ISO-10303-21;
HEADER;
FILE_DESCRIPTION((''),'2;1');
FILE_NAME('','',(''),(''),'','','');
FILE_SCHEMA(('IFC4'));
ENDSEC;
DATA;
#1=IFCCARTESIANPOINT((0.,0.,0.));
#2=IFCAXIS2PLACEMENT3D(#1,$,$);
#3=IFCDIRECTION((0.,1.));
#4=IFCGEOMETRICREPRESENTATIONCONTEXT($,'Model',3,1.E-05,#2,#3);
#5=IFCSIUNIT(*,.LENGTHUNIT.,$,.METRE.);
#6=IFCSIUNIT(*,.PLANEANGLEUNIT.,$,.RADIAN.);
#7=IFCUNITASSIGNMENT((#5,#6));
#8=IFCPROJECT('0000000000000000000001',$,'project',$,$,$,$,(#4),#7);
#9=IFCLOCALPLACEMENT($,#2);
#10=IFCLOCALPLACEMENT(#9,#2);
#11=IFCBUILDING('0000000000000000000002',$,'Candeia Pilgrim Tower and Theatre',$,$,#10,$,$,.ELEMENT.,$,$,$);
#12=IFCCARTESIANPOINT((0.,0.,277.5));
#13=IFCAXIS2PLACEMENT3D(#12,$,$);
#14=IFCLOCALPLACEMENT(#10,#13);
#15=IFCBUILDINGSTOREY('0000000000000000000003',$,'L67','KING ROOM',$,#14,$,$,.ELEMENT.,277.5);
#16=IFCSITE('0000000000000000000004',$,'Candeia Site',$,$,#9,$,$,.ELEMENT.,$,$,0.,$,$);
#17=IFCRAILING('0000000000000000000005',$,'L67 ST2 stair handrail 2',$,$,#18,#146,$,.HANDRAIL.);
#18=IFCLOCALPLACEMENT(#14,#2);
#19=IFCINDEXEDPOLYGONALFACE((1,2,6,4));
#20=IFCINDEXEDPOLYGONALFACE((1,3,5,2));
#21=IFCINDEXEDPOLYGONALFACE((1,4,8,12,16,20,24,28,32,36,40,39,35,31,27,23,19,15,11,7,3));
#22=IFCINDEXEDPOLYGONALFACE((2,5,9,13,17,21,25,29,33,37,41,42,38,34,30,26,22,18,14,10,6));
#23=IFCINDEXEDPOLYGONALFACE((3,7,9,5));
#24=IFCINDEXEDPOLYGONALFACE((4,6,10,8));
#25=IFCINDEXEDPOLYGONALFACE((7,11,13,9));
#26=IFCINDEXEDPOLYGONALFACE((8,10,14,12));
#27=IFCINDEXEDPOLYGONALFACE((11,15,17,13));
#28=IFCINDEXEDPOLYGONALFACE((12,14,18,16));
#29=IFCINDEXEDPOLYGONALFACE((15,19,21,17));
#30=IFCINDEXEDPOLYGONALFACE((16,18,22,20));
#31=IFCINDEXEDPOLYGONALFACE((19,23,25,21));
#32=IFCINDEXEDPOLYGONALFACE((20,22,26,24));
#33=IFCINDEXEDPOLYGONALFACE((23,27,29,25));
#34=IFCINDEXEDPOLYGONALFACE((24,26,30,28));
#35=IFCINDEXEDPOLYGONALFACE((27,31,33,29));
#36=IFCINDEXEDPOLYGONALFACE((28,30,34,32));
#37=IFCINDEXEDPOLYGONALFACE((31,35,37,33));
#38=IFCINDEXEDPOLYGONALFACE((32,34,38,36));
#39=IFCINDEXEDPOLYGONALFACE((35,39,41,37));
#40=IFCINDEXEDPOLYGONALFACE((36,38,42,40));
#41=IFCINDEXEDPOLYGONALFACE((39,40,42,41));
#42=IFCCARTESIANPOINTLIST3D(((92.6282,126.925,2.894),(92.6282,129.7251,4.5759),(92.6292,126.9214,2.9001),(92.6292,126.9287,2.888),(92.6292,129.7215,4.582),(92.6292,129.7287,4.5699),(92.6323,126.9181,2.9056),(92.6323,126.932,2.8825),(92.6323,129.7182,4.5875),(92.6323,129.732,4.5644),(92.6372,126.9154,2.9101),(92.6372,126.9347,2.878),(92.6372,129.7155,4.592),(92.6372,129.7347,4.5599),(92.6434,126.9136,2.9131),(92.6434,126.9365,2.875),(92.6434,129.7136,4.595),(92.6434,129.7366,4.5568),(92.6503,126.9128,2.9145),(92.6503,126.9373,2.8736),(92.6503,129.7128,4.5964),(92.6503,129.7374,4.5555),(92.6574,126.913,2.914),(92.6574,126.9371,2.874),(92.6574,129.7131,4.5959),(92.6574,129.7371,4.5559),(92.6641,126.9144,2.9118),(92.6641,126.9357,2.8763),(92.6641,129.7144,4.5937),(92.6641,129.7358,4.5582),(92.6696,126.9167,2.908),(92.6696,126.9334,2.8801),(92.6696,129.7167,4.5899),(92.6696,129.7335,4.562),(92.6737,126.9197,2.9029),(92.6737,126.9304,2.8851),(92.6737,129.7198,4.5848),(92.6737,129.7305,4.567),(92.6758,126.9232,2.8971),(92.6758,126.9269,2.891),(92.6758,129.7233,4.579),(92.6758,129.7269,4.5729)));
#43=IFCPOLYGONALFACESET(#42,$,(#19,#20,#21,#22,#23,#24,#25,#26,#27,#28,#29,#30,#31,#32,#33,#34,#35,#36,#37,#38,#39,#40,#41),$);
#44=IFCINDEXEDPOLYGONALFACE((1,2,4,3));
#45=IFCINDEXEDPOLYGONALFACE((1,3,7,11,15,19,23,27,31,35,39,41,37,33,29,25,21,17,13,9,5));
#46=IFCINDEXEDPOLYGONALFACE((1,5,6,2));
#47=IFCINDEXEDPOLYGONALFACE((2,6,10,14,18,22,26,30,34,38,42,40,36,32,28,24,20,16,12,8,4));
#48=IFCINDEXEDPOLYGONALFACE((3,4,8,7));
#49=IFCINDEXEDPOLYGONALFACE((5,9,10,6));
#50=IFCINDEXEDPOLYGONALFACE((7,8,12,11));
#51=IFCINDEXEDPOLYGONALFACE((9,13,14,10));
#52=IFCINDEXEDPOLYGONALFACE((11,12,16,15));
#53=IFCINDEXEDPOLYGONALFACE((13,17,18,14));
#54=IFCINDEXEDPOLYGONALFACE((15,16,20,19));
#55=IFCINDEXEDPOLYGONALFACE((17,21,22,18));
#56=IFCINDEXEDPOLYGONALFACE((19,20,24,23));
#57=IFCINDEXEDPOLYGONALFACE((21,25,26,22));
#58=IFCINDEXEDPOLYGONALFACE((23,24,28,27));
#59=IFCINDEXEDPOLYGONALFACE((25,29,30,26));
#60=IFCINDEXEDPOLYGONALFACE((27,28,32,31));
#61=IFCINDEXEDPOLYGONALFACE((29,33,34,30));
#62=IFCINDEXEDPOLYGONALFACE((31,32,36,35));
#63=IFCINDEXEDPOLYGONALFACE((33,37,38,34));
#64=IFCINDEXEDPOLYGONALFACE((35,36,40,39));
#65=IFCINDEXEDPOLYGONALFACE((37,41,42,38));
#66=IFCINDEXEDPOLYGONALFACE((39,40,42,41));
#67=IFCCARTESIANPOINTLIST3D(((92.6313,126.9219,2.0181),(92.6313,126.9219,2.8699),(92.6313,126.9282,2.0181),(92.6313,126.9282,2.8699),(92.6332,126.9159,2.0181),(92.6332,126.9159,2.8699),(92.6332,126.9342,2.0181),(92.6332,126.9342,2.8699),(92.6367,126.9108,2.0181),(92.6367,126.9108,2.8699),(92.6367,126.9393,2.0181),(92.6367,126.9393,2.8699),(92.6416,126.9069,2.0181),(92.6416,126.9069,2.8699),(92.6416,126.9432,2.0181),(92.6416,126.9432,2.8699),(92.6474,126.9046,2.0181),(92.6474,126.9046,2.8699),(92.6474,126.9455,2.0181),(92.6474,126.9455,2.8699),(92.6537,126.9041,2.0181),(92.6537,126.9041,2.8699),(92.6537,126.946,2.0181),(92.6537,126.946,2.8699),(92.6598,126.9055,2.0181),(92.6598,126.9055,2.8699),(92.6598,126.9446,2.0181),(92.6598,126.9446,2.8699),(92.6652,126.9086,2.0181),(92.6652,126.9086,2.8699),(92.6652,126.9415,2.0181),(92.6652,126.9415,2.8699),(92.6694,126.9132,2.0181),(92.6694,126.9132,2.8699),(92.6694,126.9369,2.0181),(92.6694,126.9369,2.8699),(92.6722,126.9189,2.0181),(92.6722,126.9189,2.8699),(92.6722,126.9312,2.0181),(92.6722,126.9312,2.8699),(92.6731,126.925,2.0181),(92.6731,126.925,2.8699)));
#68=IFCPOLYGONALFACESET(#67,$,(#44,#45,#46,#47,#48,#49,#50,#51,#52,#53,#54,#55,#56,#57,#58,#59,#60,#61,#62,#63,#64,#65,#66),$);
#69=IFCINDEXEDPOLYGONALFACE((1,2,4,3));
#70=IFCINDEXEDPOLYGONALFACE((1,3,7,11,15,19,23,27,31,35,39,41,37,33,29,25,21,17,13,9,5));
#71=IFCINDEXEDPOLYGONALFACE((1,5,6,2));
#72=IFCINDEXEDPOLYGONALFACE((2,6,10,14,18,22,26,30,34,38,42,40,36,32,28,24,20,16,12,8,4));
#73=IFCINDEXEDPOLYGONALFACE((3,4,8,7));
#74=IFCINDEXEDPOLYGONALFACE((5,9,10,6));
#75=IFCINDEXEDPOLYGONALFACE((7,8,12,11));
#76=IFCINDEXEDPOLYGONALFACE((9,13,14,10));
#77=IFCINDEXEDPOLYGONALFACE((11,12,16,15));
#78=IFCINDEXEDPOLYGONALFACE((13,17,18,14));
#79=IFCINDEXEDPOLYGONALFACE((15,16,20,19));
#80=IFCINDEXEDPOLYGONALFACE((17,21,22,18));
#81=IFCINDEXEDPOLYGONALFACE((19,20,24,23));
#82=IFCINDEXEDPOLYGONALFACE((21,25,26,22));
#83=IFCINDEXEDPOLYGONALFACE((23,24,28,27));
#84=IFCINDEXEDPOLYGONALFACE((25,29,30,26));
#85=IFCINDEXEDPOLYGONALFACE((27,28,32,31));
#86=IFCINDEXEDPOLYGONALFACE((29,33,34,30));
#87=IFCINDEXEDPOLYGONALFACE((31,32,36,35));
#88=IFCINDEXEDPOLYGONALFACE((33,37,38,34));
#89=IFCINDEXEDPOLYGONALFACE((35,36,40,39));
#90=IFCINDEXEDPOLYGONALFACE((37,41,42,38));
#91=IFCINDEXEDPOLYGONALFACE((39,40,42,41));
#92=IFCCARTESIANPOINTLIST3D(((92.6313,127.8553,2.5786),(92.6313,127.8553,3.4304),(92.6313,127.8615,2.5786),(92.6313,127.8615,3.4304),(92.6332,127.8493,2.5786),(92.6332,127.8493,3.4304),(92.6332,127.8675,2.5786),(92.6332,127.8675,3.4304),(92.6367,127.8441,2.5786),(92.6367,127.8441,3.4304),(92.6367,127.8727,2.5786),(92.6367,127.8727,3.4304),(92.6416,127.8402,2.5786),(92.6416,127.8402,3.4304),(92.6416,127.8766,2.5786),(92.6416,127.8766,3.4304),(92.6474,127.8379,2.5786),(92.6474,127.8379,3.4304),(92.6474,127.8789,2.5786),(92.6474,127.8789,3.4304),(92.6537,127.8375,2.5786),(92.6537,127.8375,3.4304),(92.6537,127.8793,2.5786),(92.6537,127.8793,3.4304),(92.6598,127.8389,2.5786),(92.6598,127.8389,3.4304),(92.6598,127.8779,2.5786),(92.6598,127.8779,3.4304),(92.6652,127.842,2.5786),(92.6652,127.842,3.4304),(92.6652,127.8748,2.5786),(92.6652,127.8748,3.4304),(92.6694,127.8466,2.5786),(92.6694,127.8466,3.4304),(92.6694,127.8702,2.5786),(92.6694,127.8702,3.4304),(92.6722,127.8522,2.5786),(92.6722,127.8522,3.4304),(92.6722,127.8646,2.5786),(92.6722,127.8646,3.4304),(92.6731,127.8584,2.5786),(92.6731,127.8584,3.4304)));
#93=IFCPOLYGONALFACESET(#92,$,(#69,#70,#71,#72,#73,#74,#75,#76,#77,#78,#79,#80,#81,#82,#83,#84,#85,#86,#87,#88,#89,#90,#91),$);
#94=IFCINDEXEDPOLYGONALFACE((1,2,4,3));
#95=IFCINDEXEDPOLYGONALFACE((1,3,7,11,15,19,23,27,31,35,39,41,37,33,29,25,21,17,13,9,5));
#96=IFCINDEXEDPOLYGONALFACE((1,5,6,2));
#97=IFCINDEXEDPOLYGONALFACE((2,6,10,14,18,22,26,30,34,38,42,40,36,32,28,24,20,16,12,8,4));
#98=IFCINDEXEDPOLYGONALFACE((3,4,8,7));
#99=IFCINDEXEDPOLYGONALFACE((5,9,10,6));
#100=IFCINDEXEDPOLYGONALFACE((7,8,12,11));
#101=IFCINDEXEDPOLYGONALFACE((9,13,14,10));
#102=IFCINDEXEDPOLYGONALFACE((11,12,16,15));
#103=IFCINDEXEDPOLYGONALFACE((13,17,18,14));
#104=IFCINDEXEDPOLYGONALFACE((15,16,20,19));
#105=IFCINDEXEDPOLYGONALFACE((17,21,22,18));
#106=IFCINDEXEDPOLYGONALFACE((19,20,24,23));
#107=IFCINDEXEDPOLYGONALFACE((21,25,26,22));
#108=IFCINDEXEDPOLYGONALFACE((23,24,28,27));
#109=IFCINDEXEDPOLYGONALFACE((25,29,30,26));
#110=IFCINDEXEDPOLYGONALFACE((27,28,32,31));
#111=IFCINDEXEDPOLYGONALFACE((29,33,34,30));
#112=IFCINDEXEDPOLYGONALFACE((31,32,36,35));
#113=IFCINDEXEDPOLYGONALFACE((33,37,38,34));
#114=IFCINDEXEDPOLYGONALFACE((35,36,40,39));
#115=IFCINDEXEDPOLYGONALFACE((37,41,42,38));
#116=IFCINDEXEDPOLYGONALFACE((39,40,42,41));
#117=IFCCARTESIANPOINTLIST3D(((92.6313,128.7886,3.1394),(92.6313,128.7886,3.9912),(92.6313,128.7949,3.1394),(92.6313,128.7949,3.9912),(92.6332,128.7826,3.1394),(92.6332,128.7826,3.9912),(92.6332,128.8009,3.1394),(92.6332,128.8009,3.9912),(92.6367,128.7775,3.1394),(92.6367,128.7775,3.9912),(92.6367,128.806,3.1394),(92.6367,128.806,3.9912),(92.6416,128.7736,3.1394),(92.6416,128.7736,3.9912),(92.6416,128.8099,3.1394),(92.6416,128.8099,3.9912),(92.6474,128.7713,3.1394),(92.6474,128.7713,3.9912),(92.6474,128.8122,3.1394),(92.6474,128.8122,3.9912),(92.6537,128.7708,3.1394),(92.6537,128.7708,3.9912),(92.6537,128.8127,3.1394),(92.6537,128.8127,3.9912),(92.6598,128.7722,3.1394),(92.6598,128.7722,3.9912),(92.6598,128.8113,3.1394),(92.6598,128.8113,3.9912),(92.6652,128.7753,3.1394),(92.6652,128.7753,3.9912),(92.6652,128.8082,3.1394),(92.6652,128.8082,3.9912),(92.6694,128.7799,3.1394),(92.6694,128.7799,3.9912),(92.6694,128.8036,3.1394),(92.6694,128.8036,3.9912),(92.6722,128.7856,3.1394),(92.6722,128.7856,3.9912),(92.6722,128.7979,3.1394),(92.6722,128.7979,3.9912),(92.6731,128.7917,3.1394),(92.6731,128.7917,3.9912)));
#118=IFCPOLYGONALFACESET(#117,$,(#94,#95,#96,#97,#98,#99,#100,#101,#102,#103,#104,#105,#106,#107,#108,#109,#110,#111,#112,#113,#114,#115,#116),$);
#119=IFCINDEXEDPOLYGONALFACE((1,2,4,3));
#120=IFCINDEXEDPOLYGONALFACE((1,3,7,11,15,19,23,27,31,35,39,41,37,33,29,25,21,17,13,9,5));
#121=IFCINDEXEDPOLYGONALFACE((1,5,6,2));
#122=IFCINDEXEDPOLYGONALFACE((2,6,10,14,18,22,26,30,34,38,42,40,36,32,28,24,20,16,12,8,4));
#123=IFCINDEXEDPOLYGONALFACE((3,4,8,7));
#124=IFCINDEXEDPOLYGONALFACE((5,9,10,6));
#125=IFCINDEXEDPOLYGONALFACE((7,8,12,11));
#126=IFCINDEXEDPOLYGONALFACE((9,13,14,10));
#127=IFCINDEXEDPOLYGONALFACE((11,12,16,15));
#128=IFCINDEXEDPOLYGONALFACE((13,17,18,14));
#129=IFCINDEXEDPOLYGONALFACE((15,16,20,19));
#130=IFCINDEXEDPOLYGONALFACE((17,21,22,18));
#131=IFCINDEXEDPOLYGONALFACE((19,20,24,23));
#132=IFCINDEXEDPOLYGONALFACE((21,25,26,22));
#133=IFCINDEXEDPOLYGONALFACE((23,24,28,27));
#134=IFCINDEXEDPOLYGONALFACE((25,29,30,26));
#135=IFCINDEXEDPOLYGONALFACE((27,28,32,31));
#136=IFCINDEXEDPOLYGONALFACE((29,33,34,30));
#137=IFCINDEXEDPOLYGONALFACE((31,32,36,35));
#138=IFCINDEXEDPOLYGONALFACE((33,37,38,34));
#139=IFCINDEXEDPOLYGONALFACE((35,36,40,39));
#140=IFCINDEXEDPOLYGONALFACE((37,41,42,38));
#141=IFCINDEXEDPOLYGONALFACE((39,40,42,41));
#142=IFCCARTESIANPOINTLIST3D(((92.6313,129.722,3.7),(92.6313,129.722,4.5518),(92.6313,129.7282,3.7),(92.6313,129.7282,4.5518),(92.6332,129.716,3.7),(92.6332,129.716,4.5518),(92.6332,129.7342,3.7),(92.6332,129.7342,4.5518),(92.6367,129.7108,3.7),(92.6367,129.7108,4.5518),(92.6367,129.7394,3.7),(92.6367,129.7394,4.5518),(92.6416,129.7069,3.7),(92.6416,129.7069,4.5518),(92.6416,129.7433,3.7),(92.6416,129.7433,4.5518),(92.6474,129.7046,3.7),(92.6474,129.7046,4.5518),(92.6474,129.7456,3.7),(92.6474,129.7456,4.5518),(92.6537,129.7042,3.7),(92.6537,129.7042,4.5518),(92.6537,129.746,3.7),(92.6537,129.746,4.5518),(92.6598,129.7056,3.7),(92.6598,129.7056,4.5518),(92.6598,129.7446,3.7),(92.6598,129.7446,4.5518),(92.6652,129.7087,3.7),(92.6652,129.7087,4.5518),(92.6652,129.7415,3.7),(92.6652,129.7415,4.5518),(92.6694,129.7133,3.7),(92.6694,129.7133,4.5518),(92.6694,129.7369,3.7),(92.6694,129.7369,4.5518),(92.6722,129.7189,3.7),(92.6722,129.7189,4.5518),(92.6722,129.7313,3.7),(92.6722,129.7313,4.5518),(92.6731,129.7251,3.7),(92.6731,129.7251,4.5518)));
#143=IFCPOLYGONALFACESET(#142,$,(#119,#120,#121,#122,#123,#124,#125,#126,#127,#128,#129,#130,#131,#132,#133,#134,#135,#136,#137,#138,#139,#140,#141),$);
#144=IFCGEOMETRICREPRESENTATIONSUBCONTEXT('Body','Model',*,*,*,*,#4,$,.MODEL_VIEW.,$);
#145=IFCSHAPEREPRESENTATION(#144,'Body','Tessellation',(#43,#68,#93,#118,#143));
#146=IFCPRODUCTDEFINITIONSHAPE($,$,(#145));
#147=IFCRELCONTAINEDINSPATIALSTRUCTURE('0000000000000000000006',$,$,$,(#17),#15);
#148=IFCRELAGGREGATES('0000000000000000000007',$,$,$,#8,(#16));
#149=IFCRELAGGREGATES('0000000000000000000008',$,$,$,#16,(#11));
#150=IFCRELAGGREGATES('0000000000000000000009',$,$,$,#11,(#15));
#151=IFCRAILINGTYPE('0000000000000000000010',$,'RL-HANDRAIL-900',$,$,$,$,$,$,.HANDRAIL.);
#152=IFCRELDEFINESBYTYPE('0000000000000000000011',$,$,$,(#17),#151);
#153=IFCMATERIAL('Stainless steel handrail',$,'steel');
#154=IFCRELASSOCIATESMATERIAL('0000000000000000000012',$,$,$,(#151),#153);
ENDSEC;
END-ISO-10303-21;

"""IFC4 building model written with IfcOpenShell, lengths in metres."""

from ifc_helpers import new_model, si_unit, direction, frame, origin, origin_2d, place, context, subcontext, project, spatial, circle, extrude, material, type_object, element, save


model = new_model("IFC4")

# Units and contexts
model_context = context("Model", 3, precision=1e-05, world=origin(), true_north=direction((0.0, 1.0)))
body_context = subcontext(model_context, "Body", "Model", "MODEL_VIEW")
ifc_project = project(units=[si_unit("LENGTHUNIT", "METRE"), si_unit("PLANEANGLEUNIT", "RADIAN")], contexts=[model_context])

# Site, building, storey
site_placement = place(None, origin())
site = spatial("IfcSite", under=ifc_project, at=site_placement, Name="Candeia Site", CompositionType="ELEMENT", RefElevation=0.0)
building_placement = place(site_placement, origin())
building = spatial("IfcBuilding", under=site, at=building_placement, Name="Candeia Pilgrim Tower and Theatre", CompositionType="ELEMENT")
storey_placement = place(building_placement, frame((0.0, 0.0, 277.5)))
storey = spatial("IfcBuildingStorey", under=building, at=storey_placement, Name="L67", Description="KING ROOM", CompositionType="ELEMENT", Elevation=277.5)

# Railing
ifc_material_1 = material(Name="Stainless steel handrail", Category="steel")
railing_type_1 = type_object("IfcRailingType", Name="RL-HANDRAIL-900", PredefinedType="HANDRAIL", material=ifc_material_1)
railing_1_placement = place(storey_placement, frame((92.6521, 126.925, 2.0181)))
element("IfcRailing", 1, at=railing_1_placement, inside=storey, type_object=railing_type_1, Name="L67 ST2 stair handrail 2", PredefinedType="HANDRAIL", context=body_context, shape_type="SweptSolid", body=[
    extrude(circle(Radius=0.0239, at=origin_2d()), frame((0.0, 0.0, 0.876), z_axis=(0.0, 0.857242, 0.514913), x_axis=(-1.0, 0.0, 0.0)), (0.0, 0.0, 1.0), 3.2664),
    extrude(circle(Radius=0.021, at=origin_2d()), origin(), (0.0, 0.0, 1.0), 0.8518),
    extrude(circle(Radius=0.021, at=origin_2d()), frame((0.0, 0.9333, 0.5605)), (0.0, 0.0, 1.0), 0.8518),
    extrude(circle(Radius=0.021, at=origin_2d()), frame((0.0, 1.8667, 1.1213)), (0.0, 0.0, 1.0), 0.8518),
    extrude(circle(Radius=0.021, at=origin_2d()), frame((0.0, 2.8, 1.6819)), (0.0, 0.0, 1.0), 0.8518),
])

save(model, "model.ifc")
